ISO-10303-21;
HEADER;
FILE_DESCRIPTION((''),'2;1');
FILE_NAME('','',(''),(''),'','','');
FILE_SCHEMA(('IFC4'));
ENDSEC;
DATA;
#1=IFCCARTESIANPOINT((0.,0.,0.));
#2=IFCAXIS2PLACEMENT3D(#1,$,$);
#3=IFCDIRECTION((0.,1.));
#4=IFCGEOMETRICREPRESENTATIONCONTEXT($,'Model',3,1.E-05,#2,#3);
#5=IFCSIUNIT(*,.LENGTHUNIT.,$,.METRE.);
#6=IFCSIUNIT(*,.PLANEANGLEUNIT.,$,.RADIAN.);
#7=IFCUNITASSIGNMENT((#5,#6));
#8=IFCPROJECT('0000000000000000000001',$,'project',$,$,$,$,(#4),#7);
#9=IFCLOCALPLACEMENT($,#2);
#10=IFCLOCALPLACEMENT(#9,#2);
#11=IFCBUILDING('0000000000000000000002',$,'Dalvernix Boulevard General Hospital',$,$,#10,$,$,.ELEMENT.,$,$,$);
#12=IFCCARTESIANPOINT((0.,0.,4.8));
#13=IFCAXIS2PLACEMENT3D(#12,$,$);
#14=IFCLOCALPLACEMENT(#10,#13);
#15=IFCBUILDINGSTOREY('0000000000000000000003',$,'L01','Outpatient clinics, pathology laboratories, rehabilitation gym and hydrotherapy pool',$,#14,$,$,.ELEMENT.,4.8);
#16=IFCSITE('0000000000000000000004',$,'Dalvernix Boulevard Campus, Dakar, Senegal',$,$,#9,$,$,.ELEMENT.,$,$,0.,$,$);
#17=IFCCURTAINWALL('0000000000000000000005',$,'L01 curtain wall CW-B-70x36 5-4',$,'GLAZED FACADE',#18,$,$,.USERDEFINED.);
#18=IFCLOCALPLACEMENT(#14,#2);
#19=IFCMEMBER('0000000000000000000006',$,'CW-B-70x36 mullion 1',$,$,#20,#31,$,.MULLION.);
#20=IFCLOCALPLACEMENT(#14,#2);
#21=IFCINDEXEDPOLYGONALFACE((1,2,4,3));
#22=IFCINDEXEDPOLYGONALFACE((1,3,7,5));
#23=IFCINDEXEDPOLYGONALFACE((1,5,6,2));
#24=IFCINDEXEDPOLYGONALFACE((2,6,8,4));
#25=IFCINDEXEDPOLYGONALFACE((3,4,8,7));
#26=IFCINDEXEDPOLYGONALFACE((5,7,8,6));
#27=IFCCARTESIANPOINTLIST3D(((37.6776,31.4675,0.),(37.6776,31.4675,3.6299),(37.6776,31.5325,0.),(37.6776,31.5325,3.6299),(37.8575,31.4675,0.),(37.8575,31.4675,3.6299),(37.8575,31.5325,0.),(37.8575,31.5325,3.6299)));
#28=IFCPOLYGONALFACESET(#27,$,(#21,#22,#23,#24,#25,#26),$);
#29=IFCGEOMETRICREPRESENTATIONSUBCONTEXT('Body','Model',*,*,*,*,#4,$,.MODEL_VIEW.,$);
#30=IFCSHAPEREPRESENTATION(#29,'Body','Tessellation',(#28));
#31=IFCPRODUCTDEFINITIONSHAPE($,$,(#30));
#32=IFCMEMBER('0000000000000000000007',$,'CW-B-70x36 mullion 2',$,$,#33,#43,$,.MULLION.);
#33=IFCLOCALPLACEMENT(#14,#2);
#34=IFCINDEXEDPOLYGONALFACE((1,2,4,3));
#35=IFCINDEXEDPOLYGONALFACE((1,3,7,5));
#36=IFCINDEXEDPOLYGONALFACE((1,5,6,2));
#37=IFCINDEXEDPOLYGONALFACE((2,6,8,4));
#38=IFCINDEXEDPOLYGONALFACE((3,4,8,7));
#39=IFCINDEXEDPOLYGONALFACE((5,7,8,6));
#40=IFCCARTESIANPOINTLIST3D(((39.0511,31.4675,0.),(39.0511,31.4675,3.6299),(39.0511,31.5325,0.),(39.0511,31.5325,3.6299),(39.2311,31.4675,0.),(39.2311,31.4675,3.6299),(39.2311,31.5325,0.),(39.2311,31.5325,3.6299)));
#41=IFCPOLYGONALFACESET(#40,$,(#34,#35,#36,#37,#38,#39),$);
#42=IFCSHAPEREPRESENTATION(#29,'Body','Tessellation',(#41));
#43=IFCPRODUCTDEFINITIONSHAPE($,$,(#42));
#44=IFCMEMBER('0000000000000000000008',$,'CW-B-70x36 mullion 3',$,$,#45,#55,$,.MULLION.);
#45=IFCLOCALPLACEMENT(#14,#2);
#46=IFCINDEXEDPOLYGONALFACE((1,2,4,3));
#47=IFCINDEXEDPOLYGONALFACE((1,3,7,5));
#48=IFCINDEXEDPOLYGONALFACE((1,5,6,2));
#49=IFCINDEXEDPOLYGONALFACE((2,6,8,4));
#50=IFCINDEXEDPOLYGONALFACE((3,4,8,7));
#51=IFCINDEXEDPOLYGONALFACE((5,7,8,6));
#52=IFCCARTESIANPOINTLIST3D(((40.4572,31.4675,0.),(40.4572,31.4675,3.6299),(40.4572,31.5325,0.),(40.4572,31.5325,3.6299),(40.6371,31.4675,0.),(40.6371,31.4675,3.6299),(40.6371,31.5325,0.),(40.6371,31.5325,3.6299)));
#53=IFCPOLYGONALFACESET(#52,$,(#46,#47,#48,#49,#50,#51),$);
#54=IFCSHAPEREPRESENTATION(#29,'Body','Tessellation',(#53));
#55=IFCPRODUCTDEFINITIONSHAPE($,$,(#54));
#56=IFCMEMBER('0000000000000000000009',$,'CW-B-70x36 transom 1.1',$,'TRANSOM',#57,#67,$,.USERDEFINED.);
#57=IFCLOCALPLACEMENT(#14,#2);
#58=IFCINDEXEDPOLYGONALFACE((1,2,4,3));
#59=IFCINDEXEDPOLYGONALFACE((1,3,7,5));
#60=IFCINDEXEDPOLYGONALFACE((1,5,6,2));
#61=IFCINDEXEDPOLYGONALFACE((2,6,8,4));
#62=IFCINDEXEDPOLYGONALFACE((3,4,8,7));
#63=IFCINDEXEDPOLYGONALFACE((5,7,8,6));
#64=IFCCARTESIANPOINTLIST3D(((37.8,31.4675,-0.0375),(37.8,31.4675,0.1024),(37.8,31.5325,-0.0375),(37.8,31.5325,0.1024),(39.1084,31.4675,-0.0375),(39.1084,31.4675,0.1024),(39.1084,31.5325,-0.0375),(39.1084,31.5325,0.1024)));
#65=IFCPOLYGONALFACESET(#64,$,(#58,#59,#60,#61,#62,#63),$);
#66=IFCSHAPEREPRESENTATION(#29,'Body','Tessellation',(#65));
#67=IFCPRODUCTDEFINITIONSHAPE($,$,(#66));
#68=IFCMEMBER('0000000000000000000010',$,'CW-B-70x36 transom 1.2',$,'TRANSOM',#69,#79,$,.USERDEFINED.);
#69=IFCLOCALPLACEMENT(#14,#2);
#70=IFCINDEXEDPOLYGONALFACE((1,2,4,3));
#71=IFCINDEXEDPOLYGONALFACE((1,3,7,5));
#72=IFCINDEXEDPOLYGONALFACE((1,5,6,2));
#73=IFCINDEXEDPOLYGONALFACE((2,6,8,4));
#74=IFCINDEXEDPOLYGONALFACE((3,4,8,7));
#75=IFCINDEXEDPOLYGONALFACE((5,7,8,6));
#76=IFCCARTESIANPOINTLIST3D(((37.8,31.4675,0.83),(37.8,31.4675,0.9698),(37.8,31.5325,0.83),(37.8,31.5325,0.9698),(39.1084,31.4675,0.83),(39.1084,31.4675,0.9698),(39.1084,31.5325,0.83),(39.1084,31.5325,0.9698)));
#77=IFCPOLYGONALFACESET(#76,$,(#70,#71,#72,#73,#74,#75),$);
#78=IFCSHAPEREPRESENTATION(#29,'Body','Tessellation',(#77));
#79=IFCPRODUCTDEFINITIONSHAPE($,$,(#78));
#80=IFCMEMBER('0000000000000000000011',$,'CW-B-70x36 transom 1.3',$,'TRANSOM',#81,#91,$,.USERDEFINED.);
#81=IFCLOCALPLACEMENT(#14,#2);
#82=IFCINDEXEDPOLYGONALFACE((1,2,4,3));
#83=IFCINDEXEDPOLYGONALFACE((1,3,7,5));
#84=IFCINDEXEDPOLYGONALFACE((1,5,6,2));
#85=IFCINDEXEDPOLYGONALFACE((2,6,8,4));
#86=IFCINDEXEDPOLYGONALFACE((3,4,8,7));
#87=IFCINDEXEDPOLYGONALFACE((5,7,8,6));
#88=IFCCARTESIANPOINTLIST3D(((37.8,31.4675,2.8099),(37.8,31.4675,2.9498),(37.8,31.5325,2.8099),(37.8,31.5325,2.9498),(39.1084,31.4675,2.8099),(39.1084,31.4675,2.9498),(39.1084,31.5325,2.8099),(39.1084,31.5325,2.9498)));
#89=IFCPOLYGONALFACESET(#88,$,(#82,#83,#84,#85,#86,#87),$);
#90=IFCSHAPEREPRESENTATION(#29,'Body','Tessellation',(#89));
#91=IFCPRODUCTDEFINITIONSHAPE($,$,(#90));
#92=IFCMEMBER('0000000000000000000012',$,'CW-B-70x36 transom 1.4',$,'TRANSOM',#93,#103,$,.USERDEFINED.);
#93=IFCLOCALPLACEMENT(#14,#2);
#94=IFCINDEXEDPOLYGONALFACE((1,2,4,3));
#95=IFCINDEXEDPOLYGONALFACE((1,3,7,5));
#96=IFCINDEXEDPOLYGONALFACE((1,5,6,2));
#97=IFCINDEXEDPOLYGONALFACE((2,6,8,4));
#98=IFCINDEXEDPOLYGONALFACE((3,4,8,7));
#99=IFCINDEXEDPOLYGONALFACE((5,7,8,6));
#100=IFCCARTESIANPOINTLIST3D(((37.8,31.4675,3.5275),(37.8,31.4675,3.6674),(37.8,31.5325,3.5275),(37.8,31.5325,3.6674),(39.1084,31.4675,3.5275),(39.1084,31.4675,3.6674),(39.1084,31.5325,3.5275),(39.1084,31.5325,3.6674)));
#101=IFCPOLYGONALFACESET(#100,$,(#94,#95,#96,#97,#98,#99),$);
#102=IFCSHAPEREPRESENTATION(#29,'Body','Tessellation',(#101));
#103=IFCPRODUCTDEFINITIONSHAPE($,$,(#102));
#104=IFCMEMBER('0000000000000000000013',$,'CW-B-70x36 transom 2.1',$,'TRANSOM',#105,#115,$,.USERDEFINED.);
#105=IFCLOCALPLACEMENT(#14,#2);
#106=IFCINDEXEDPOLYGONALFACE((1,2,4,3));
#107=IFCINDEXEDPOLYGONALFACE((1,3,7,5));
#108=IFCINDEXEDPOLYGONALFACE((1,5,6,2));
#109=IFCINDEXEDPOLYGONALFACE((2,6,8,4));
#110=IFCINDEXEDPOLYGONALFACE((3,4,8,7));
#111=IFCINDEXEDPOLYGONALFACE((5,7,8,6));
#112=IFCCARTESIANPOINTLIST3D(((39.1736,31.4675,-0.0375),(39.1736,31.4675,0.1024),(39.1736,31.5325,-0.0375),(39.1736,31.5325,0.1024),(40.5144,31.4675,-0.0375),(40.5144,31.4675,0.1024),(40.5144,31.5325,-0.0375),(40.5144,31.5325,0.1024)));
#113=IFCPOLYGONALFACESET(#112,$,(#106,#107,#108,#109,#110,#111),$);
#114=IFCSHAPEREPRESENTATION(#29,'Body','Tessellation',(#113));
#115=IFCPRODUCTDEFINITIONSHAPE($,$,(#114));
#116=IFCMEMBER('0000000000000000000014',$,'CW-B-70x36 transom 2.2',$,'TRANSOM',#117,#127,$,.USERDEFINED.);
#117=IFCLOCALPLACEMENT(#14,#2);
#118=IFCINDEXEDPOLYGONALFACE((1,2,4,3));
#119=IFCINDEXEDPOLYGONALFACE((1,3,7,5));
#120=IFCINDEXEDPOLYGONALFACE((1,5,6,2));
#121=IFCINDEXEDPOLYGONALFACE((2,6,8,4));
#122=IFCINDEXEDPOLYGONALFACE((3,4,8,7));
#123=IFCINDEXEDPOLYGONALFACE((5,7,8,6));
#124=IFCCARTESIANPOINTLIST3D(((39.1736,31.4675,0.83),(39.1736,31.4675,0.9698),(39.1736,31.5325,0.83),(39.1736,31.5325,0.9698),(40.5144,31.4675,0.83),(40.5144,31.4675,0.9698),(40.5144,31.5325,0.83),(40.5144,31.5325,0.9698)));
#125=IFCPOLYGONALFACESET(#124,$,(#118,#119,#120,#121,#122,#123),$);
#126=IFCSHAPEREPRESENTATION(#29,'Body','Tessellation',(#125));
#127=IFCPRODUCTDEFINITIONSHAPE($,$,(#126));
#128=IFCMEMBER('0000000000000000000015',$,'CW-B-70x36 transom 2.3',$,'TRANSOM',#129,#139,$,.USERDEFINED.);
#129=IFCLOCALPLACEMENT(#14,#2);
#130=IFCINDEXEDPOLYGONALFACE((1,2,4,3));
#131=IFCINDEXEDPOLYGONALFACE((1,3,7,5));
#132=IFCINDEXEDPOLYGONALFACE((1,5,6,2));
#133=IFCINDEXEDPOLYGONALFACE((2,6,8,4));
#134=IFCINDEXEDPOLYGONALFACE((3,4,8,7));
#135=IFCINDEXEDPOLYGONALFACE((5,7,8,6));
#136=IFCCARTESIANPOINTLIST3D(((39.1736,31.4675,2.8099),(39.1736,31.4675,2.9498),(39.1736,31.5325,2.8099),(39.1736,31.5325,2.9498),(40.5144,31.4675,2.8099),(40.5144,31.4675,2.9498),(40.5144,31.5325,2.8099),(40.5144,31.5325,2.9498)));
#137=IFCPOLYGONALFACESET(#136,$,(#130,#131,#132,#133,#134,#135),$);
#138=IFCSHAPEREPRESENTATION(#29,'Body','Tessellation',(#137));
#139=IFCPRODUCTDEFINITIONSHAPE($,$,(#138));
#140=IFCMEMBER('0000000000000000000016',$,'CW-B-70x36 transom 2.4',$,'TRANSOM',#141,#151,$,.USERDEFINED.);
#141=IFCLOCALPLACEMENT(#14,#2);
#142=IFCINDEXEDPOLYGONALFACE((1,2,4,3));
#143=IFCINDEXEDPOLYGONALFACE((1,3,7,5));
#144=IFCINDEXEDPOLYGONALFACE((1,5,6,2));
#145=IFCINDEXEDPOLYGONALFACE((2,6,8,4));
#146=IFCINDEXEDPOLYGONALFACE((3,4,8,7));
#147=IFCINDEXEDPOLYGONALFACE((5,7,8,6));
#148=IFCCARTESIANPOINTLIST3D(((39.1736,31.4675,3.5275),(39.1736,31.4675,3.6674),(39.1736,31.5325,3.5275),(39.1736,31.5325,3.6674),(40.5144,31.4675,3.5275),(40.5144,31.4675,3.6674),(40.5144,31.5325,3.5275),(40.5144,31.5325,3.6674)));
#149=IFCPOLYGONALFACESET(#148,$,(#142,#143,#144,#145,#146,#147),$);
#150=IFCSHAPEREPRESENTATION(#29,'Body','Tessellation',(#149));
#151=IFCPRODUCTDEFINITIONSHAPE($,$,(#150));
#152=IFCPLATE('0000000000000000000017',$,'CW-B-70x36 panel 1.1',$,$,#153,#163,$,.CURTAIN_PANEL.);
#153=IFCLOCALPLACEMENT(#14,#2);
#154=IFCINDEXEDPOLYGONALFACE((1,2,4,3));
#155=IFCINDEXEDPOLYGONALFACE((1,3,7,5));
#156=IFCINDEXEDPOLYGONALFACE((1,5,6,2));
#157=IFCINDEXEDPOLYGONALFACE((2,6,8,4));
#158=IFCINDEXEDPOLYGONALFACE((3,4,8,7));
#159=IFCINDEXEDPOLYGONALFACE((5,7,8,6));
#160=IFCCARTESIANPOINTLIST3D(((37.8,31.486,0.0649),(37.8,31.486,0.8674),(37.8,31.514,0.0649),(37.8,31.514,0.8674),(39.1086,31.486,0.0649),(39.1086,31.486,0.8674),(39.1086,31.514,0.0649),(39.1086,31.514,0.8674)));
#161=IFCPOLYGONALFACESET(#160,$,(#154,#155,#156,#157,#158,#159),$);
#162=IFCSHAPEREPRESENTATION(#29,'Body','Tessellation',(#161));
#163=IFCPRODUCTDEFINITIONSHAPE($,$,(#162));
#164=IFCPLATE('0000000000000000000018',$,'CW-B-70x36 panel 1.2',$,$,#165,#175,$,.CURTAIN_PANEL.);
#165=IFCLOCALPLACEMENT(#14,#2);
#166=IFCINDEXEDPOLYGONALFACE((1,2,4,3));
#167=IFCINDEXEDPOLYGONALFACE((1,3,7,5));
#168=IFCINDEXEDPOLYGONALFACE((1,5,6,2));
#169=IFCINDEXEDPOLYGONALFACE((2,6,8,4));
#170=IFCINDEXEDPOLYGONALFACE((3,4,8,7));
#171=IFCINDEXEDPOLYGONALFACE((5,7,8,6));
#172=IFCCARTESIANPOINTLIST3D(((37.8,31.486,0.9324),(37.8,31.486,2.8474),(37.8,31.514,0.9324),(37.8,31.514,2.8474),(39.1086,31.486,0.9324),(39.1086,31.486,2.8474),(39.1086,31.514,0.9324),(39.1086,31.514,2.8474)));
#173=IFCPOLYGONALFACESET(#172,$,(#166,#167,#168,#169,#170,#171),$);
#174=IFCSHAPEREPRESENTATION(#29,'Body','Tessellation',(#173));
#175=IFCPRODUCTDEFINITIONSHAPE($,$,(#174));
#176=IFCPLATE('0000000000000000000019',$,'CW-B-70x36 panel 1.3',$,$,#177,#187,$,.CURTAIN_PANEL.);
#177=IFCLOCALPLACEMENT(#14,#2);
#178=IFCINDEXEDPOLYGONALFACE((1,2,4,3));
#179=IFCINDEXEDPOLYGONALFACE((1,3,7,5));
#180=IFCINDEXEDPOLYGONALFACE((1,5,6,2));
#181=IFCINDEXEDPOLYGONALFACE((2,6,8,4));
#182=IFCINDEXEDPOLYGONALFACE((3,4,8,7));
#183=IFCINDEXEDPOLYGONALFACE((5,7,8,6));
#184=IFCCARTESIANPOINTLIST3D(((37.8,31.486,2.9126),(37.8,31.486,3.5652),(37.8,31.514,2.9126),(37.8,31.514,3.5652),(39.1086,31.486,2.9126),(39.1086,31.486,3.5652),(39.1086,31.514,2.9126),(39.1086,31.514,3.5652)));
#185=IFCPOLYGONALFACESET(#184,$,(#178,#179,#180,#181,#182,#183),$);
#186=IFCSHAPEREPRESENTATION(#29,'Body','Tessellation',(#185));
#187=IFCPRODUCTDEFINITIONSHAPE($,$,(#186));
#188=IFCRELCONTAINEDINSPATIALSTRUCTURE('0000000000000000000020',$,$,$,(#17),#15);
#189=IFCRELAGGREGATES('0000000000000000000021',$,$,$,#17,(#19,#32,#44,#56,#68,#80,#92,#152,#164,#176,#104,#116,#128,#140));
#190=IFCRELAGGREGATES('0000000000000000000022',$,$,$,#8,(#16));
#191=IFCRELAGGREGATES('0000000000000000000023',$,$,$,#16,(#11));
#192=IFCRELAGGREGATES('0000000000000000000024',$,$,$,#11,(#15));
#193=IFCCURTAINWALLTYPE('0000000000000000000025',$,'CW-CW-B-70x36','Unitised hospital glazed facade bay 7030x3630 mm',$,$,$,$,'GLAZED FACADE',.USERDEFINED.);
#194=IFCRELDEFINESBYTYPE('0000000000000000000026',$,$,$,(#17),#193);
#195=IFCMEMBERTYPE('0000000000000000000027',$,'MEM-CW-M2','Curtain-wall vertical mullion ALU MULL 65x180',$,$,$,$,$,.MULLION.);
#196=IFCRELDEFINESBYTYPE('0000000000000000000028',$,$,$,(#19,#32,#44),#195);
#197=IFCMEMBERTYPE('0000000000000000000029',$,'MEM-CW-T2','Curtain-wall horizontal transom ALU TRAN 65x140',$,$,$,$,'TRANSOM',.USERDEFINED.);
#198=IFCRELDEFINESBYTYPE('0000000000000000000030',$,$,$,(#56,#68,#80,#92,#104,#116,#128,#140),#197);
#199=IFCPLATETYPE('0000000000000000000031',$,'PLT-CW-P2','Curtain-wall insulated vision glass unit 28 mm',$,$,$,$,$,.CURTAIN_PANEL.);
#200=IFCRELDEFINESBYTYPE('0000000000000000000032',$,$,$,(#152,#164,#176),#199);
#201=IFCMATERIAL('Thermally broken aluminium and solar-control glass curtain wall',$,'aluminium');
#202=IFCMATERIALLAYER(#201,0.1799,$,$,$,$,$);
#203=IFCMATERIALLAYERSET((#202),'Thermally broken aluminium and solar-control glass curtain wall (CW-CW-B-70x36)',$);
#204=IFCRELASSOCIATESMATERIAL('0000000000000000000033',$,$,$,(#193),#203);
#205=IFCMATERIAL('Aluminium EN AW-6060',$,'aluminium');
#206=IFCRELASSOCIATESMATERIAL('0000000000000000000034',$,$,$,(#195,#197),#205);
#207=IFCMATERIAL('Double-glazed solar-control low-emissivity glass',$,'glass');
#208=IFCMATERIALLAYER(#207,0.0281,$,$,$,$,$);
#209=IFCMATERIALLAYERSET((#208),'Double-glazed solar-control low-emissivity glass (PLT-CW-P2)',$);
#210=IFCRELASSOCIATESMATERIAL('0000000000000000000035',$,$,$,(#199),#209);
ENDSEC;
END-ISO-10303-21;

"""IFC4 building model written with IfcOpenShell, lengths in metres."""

from ifc_helpers import new_model, si_unit, direction, frame, origin, origin_2d, place, context, subcontext, project, spatial, rectangle, extrude, material, layer, layer_set, material_profile, profile_set, type_object, element, aggregate, save


model = new_model("IFC4")

# Units and contexts
model_context = context("Model", 3, precision=1e-05, world=origin(), true_north=direction((0.0, 1.0)))
body_context = subcontext(model_context, "Body", "Model", "MODEL_VIEW")
ifc_project = project(units=[si_unit("LENGTHUNIT", "METRE"), si_unit("PLANEANGLEUNIT", "RADIAN")], contexts=[model_context])

# Site, building, storey
site_placement = place(None, origin())
site = spatial("IfcSite", under=ifc_project, at=site_placement, Name="Dalvernix Boulevard Campus, Dakar, Senegal", CompositionType="ELEMENT", RefElevation=0.0)
building_placement = place(site_placement, origin())
building = spatial("IfcBuilding", under=site, at=building_placement, Name="Dalvernix Boulevard General Hospital", CompositionType="ELEMENT")
storey_placement = place(building_placement, frame((0.0, 0.0, 4.8)))
storey = spatial("IfcBuildingStorey", under=building, at=storey_placement, Name="L01", Description="Outpatient clinics, pathology laboratories, rehabilitation gym and hydrotherapy pool", CompositionType="ELEMENT", Elevation=4.8)

# Curtain wall, members, plates
ifc_material_1 = material(Name="Thermally broken aluminium and solar-control glass curtain wall", Category="aluminium")
ifc_layer_1 = layer(ifc_material_1, 0.1799)
ifc_layer_set_1 = layer_set([ifc_layer_1], Name="Thermally broken aluminium and solar-control glass curtain wall (CW-CW-B-70x36)")
curtain_wall_type = type_object("IfcCurtainWallType", Name="CW-CW-B-70x36", Description="Unitised hospital glazed facade bay 7030x3630 mm", ElementType="GLAZED FACADE", PredefinedType="USERDEFINED", material=ifc_layer_set_1)
curtain_wall_placement = place(storey_placement, origin())
curtain_wall = element("IfcCurtainWall", 1, at=curtain_wall_placement, inside=storey, type_object=curtain_wall_type, Name="L01 curtain wall CW-B-70x36 5-4", ObjectType="GLAZED FACADE", PredefinedType="USERDEFINED")
ifc_material_2 = material(Name="Aluminium EN AW-6060", Category="aluminium")
ifc_material_profile_1 = material_profile(ifc_material_2, rectangle(XDim=0.0649, YDim=0.1799, at=origin_2d()), Name="ALU MULL 65x180")
ifc_profile_set_1 = profile_set([ifc_material_profile_1], Name="Aluminium EN AW-6060")
member_type_1 = type_object("IfcMemberType", Name="MEM-CW-M2", Description="Curtain-wall vertical mullion ALU MULL 65x180", PredefinedType="MULLION", material=ifc_profile_set_1)
member_1_placement = place(storey_placement, frame((37.7676, 31.5, 0.0), z_axis=(0.0, 0.0, 1.0), x_axis=(0.0, 1.0, 0.0)))
member_1 = element("IfcMember", 2, at=member_1_placement, type_object=member_type_1, Name="CW-B-70x36 mullion 1", PredefinedType="MULLION", context=body_context, shape_type="SweptSolid", body=[
    extrude(rectangle(XDim=0.0649, YDim=0.1799, at=origin_2d()), origin(), (0.0, 0.0, 1.0), 3.6299),
])
member_2_placement = place(storey_placement, frame((39.1411, 31.5, 0.0), z_axis=(0.0, 0.0, 1.0), x_axis=(0.0, 1.0, 0.0)))
member_2 = element("IfcMember", 3, at=member_2_placement, type_object=member_type_1, Name="CW-B-70x36 mullion 2", PredefinedType="MULLION", context=body_context, shape_type="SweptSolid", body=[
    extrude(rectangle(XDim=0.0649, YDim=0.1799, at=origin_2d()), origin(), (0.0, 0.0, 1.0), 3.6299),
])
member_3_placement = place(storey_placement, frame((40.5471, 31.5, 0.0), z_axis=(0.0, 0.0, 1.0), x_axis=(0.0, 1.0, 0.0)))
member_3 = element("IfcMember", 4, at=member_3_placement, type_object=member_type_1, Name="CW-B-70x36 mullion 3", PredefinedType="MULLION", context=body_context, shape_type="SweptSolid", body=[
    extrude(rectangle(XDim=0.0649, YDim=0.1799, at=origin_2d()), origin(), (0.0, 0.0, 1.0), 3.6299),
])
ifc_material_profile_2 = material_profile(ifc_material_2, rectangle(XDim=0.0649, YDim=0.1399, at=origin_2d()), Name="ALU TRAN 65x140")
ifc_profile_set_2 = profile_set([ifc_material_profile_2], Name="Aluminium EN AW-6060")
member_type_2 = type_object("IfcMemberType", Name="MEM-CW-T2", Description="Curtain-wall horizontal transom ALU TRAN 65x140", ElementType="TRANSOM", PredefinedType="USERDEFINED", material=ifc_profile_set_2)
member_4_placement = place(storey_placement, frame((37.8, 31.5, 0.0325), z_axis=(1.0, 0.0, 0.0), x_axis=(0.0, 1.0, 0.0)))
member_4 = element("IfcMember", 5, at=member_4_placement, type_object=member_type_2, Name="CW-B-70x36 transom 1.1", ObjectType="TRANSOM", PredefinedType="USERDEFINED", context=body_context, shape_type="SweptSolid", body=[
    extrude(rectangle(XDim=0.0649, YDim=0.1399, at=origin_2d()), origin(), (0.0, 0.0, 1.0), 1.3083),
])
member_5_placement = place(storey_placement, frame((37.8, 31.5, 0.8999), z_axis=(1.0, 0.0, 0.0), x_axis=(0.0, 1.0, 0.0)))
member_5 = element("IfcMember", 6, at=member_5_placement, type_object=member_type_2, Name="CW-B-70x36 transom 1.2", ObjectType="TRANSOM", PredefinedType="USERDEFINED", context=body_context, shape_type="SweptSolid", body=[
    extrude(rectangle(XDim=0.0649, YDim=0.1399, at=origin_2d()), origin(), (0.0, 0.0, 1.0), 1.3083),
])
member_6_placement = place(storey_placement, frame((37.8, 31.5, 2.8799), z_axis=(1.0, 0.0, 0.0), x_axis=(0.0, 1.0, 0.0)))
member_6 = element("IfcMember", 7, at=member_6_placement, type_object=member_type_2, Name="CW-B-70x36 transom 1.3", ObjectType="TRANSOM", PredefinedType="USERDEFINED", context=body_context, shape_type="SweptSolid", body=[
    extrude(rectangle(XDim=0.0649, YDim=0.1399, at=origin_2d()), origin(), (0.0, 0.0, 1.0), 1.3083),
])
member_7_placement = place(storey_placement, frame((37.8, 31.5, 3.5974), z_axis=(1.0, 0.0, 0.0), x_axis=(0.0, 1.0, 0.0)))
member_7 = element("IfcMember", 8, at=member_7_placement, type_object=member_type_2, Name="CW-B-70x36 transom 1.4", ObjectType="TRANSOM", PredefinedType="USERDEFINED", context=body_context, shape_type="SweptSolid", body=[
    extrude(rectangle(XDim=0.0649, YDim=0.1399, at=origin_2d()), origin(), (0.0, 0.0, 1.0), 1.3083),
])
member_8_placement = place(storey_placement, frame((39.1736, 31.5, 0.0325), z_axis=(1.0, 0.0, 0.0), x_axis=(0.0, 1.0, 0.0)))
member_8 = element("IfcMember", 9, at=member_8_placement, type_object=member_type_2, Name="CW-B-70x36 transom 2.1", ObjectType="TRANSOM", PredefinedType="USERDEFINED", context=body_context, shape_type="SweptSolid", body=[
    extrude(rectangle(XDim=0.0649, YDim=0.1399, at=origin_2d()), origin(), (0.0, 0.0, 1.0), 1.3408),
])
member_9_placement = place(storey_placement, frame((39.1736, 31.5, 0.8999), z_axis=(1.0, 0.0, 0.0), x_axis=(0.0, 1.0, 0.0)))
member_9 = element("IfcMember", 10, at=member_9_placement, type_object=member_type_2, Name="CW-B-70x36 transom 2.2", ObjectType="TRANSOM", PredefinedType="USERDEFINED", context=body_context, shape_type="SweptSolid", body=[
    extrude(rectangle(XDim=0.0649, YDim=0.1399, at=origin_2d()), origin(), (0.0, 0.0, 1.0), 1.3408),
])
member_10_placement = place(storey_placement, frame((39.1736, 31.5, 2.8799), z_axis=(1.0, 0.0, 0.0), x_axis=(0.0, 1.0, 0.0)))
member_10 = element("IfcMember", 11, at=member_10_placement, type_object=member_type_2, Name="CW-B-70x36 transom 2.3", ObjectType="TRANSOM", PredefinedType="USERDEFINED", context=body_context, shape_type="SweptSolid", body=[
    extrude(rectangle(XDim=0.0649, YDim=0.1399, at=origin_2d()), origin(), (0.0, 0.0, 1.0), 1.3408),
])
member_11_placement = place(storey_placement, frame((39.1736, 31.5, 3.5974), z_axis=(1.0, 0.0, 0.0), x_axis=(0.0, 1.0, 0.0)))
member_11 = element("IfcMember", 12, at=member_11_placement, type_object=member_type_2, Name="CW-B-70x36 transom 2.4", ObjectType="TRANSOM", PredefinedType="USERDEFINED", context=body_context, shape_type="SweptSolid", body=[
    extrude(rectangle(XDim=0.0649, YDim=0.1399, at=origin_2d()), origin(), (0.0, 0.0, 1.0), 1.3408),
])
ifc_material_3 = material(Name="Double-glazed solar-control low-emissivity glass", Category="glass")
ifc_layer_2 = layer(ifc_material_3, 0.0281)
ifc_layer_set_2 = layer_set([ifc_layer_2], Name="Double-glazed solar-control low-emissivity glass (PLT-CW-P2)")
plate_type = type_object("IfcPlateType", Name="PLT-CW-P2", Description="Curtain-wall insulated vision glass unit 28 mm", PredefinedType="CURTAIN_PANEL", material=ifc_layer_set_2)
plate_1_placement = place(storey_placement, frame((38.4543, 31.5, 0.0649), z_axis=(0.0, 0.0, 1.0), x_axis=(1.0, 0.0, 0.0)))
plate_1 = element("IfcPlate", 13, at=plate_1_placement, type_object=plate_type, Name="CW-B-70x36 panel 1.1", PredefinedType="CURTAIN_PANEL", context=body_context, shape_type="SweptSolid", body=[
    extrude(rectangle(XDim=1.3086, YDim=0.0281, at=origin_2d()), origin(), (0.0, 0.0, 1.0), 0.8025),
])
plate_2_placement = place(storey_placement, frame((38.4543, 31.5, 0.9324), z_axis=(0.0, 0.0, 1.0), x_axis=(1.0, 0.0, 0.0)))
plate_2 = element("IfcPlate", 14, at=plate_2_placement, type_object=plate_type, Name="CW-B-70x36 panel 1.2", PredefinedType="CURTAIN_PANEL", context=body_context, shape_type="SweptSolid", body=[
    extrude(rectangle(XDim=1.3086, YDim=0.0281, at=origin_2d()), origin(), (0.0, 0.0, 1.0), 1.915),
])
plate_3_placement = place(storey_placement, frame((38.4543, 31.5, 2.9126), z_axis=(0.0, 0.0, 1.0), x_axis=(1.0, 0.0, 0.0)))
plate_3 = element("IfcPlate", 15, at=plate_3_placement, type_object=plate_type, Name="CW-B-70x36 panel 1.3", PredefinedType="CURTAIN_PANEL", context=body_context, shape_type="SweptSolid", body=[
    extrude(rectangle(XDim=1.3086, YDim=0.0281, at=origin_2d()), origin(), (0.0, 0.0, 1.0), 0.6526),
])
aggregate(curtain_wall, [member_1, member_2, member_3, member_4, member_5, member_6, member_7, plate_1, plate_2, plate_3, member_8, member_9, member_10, member_11])

save(model, "model.ifc")
